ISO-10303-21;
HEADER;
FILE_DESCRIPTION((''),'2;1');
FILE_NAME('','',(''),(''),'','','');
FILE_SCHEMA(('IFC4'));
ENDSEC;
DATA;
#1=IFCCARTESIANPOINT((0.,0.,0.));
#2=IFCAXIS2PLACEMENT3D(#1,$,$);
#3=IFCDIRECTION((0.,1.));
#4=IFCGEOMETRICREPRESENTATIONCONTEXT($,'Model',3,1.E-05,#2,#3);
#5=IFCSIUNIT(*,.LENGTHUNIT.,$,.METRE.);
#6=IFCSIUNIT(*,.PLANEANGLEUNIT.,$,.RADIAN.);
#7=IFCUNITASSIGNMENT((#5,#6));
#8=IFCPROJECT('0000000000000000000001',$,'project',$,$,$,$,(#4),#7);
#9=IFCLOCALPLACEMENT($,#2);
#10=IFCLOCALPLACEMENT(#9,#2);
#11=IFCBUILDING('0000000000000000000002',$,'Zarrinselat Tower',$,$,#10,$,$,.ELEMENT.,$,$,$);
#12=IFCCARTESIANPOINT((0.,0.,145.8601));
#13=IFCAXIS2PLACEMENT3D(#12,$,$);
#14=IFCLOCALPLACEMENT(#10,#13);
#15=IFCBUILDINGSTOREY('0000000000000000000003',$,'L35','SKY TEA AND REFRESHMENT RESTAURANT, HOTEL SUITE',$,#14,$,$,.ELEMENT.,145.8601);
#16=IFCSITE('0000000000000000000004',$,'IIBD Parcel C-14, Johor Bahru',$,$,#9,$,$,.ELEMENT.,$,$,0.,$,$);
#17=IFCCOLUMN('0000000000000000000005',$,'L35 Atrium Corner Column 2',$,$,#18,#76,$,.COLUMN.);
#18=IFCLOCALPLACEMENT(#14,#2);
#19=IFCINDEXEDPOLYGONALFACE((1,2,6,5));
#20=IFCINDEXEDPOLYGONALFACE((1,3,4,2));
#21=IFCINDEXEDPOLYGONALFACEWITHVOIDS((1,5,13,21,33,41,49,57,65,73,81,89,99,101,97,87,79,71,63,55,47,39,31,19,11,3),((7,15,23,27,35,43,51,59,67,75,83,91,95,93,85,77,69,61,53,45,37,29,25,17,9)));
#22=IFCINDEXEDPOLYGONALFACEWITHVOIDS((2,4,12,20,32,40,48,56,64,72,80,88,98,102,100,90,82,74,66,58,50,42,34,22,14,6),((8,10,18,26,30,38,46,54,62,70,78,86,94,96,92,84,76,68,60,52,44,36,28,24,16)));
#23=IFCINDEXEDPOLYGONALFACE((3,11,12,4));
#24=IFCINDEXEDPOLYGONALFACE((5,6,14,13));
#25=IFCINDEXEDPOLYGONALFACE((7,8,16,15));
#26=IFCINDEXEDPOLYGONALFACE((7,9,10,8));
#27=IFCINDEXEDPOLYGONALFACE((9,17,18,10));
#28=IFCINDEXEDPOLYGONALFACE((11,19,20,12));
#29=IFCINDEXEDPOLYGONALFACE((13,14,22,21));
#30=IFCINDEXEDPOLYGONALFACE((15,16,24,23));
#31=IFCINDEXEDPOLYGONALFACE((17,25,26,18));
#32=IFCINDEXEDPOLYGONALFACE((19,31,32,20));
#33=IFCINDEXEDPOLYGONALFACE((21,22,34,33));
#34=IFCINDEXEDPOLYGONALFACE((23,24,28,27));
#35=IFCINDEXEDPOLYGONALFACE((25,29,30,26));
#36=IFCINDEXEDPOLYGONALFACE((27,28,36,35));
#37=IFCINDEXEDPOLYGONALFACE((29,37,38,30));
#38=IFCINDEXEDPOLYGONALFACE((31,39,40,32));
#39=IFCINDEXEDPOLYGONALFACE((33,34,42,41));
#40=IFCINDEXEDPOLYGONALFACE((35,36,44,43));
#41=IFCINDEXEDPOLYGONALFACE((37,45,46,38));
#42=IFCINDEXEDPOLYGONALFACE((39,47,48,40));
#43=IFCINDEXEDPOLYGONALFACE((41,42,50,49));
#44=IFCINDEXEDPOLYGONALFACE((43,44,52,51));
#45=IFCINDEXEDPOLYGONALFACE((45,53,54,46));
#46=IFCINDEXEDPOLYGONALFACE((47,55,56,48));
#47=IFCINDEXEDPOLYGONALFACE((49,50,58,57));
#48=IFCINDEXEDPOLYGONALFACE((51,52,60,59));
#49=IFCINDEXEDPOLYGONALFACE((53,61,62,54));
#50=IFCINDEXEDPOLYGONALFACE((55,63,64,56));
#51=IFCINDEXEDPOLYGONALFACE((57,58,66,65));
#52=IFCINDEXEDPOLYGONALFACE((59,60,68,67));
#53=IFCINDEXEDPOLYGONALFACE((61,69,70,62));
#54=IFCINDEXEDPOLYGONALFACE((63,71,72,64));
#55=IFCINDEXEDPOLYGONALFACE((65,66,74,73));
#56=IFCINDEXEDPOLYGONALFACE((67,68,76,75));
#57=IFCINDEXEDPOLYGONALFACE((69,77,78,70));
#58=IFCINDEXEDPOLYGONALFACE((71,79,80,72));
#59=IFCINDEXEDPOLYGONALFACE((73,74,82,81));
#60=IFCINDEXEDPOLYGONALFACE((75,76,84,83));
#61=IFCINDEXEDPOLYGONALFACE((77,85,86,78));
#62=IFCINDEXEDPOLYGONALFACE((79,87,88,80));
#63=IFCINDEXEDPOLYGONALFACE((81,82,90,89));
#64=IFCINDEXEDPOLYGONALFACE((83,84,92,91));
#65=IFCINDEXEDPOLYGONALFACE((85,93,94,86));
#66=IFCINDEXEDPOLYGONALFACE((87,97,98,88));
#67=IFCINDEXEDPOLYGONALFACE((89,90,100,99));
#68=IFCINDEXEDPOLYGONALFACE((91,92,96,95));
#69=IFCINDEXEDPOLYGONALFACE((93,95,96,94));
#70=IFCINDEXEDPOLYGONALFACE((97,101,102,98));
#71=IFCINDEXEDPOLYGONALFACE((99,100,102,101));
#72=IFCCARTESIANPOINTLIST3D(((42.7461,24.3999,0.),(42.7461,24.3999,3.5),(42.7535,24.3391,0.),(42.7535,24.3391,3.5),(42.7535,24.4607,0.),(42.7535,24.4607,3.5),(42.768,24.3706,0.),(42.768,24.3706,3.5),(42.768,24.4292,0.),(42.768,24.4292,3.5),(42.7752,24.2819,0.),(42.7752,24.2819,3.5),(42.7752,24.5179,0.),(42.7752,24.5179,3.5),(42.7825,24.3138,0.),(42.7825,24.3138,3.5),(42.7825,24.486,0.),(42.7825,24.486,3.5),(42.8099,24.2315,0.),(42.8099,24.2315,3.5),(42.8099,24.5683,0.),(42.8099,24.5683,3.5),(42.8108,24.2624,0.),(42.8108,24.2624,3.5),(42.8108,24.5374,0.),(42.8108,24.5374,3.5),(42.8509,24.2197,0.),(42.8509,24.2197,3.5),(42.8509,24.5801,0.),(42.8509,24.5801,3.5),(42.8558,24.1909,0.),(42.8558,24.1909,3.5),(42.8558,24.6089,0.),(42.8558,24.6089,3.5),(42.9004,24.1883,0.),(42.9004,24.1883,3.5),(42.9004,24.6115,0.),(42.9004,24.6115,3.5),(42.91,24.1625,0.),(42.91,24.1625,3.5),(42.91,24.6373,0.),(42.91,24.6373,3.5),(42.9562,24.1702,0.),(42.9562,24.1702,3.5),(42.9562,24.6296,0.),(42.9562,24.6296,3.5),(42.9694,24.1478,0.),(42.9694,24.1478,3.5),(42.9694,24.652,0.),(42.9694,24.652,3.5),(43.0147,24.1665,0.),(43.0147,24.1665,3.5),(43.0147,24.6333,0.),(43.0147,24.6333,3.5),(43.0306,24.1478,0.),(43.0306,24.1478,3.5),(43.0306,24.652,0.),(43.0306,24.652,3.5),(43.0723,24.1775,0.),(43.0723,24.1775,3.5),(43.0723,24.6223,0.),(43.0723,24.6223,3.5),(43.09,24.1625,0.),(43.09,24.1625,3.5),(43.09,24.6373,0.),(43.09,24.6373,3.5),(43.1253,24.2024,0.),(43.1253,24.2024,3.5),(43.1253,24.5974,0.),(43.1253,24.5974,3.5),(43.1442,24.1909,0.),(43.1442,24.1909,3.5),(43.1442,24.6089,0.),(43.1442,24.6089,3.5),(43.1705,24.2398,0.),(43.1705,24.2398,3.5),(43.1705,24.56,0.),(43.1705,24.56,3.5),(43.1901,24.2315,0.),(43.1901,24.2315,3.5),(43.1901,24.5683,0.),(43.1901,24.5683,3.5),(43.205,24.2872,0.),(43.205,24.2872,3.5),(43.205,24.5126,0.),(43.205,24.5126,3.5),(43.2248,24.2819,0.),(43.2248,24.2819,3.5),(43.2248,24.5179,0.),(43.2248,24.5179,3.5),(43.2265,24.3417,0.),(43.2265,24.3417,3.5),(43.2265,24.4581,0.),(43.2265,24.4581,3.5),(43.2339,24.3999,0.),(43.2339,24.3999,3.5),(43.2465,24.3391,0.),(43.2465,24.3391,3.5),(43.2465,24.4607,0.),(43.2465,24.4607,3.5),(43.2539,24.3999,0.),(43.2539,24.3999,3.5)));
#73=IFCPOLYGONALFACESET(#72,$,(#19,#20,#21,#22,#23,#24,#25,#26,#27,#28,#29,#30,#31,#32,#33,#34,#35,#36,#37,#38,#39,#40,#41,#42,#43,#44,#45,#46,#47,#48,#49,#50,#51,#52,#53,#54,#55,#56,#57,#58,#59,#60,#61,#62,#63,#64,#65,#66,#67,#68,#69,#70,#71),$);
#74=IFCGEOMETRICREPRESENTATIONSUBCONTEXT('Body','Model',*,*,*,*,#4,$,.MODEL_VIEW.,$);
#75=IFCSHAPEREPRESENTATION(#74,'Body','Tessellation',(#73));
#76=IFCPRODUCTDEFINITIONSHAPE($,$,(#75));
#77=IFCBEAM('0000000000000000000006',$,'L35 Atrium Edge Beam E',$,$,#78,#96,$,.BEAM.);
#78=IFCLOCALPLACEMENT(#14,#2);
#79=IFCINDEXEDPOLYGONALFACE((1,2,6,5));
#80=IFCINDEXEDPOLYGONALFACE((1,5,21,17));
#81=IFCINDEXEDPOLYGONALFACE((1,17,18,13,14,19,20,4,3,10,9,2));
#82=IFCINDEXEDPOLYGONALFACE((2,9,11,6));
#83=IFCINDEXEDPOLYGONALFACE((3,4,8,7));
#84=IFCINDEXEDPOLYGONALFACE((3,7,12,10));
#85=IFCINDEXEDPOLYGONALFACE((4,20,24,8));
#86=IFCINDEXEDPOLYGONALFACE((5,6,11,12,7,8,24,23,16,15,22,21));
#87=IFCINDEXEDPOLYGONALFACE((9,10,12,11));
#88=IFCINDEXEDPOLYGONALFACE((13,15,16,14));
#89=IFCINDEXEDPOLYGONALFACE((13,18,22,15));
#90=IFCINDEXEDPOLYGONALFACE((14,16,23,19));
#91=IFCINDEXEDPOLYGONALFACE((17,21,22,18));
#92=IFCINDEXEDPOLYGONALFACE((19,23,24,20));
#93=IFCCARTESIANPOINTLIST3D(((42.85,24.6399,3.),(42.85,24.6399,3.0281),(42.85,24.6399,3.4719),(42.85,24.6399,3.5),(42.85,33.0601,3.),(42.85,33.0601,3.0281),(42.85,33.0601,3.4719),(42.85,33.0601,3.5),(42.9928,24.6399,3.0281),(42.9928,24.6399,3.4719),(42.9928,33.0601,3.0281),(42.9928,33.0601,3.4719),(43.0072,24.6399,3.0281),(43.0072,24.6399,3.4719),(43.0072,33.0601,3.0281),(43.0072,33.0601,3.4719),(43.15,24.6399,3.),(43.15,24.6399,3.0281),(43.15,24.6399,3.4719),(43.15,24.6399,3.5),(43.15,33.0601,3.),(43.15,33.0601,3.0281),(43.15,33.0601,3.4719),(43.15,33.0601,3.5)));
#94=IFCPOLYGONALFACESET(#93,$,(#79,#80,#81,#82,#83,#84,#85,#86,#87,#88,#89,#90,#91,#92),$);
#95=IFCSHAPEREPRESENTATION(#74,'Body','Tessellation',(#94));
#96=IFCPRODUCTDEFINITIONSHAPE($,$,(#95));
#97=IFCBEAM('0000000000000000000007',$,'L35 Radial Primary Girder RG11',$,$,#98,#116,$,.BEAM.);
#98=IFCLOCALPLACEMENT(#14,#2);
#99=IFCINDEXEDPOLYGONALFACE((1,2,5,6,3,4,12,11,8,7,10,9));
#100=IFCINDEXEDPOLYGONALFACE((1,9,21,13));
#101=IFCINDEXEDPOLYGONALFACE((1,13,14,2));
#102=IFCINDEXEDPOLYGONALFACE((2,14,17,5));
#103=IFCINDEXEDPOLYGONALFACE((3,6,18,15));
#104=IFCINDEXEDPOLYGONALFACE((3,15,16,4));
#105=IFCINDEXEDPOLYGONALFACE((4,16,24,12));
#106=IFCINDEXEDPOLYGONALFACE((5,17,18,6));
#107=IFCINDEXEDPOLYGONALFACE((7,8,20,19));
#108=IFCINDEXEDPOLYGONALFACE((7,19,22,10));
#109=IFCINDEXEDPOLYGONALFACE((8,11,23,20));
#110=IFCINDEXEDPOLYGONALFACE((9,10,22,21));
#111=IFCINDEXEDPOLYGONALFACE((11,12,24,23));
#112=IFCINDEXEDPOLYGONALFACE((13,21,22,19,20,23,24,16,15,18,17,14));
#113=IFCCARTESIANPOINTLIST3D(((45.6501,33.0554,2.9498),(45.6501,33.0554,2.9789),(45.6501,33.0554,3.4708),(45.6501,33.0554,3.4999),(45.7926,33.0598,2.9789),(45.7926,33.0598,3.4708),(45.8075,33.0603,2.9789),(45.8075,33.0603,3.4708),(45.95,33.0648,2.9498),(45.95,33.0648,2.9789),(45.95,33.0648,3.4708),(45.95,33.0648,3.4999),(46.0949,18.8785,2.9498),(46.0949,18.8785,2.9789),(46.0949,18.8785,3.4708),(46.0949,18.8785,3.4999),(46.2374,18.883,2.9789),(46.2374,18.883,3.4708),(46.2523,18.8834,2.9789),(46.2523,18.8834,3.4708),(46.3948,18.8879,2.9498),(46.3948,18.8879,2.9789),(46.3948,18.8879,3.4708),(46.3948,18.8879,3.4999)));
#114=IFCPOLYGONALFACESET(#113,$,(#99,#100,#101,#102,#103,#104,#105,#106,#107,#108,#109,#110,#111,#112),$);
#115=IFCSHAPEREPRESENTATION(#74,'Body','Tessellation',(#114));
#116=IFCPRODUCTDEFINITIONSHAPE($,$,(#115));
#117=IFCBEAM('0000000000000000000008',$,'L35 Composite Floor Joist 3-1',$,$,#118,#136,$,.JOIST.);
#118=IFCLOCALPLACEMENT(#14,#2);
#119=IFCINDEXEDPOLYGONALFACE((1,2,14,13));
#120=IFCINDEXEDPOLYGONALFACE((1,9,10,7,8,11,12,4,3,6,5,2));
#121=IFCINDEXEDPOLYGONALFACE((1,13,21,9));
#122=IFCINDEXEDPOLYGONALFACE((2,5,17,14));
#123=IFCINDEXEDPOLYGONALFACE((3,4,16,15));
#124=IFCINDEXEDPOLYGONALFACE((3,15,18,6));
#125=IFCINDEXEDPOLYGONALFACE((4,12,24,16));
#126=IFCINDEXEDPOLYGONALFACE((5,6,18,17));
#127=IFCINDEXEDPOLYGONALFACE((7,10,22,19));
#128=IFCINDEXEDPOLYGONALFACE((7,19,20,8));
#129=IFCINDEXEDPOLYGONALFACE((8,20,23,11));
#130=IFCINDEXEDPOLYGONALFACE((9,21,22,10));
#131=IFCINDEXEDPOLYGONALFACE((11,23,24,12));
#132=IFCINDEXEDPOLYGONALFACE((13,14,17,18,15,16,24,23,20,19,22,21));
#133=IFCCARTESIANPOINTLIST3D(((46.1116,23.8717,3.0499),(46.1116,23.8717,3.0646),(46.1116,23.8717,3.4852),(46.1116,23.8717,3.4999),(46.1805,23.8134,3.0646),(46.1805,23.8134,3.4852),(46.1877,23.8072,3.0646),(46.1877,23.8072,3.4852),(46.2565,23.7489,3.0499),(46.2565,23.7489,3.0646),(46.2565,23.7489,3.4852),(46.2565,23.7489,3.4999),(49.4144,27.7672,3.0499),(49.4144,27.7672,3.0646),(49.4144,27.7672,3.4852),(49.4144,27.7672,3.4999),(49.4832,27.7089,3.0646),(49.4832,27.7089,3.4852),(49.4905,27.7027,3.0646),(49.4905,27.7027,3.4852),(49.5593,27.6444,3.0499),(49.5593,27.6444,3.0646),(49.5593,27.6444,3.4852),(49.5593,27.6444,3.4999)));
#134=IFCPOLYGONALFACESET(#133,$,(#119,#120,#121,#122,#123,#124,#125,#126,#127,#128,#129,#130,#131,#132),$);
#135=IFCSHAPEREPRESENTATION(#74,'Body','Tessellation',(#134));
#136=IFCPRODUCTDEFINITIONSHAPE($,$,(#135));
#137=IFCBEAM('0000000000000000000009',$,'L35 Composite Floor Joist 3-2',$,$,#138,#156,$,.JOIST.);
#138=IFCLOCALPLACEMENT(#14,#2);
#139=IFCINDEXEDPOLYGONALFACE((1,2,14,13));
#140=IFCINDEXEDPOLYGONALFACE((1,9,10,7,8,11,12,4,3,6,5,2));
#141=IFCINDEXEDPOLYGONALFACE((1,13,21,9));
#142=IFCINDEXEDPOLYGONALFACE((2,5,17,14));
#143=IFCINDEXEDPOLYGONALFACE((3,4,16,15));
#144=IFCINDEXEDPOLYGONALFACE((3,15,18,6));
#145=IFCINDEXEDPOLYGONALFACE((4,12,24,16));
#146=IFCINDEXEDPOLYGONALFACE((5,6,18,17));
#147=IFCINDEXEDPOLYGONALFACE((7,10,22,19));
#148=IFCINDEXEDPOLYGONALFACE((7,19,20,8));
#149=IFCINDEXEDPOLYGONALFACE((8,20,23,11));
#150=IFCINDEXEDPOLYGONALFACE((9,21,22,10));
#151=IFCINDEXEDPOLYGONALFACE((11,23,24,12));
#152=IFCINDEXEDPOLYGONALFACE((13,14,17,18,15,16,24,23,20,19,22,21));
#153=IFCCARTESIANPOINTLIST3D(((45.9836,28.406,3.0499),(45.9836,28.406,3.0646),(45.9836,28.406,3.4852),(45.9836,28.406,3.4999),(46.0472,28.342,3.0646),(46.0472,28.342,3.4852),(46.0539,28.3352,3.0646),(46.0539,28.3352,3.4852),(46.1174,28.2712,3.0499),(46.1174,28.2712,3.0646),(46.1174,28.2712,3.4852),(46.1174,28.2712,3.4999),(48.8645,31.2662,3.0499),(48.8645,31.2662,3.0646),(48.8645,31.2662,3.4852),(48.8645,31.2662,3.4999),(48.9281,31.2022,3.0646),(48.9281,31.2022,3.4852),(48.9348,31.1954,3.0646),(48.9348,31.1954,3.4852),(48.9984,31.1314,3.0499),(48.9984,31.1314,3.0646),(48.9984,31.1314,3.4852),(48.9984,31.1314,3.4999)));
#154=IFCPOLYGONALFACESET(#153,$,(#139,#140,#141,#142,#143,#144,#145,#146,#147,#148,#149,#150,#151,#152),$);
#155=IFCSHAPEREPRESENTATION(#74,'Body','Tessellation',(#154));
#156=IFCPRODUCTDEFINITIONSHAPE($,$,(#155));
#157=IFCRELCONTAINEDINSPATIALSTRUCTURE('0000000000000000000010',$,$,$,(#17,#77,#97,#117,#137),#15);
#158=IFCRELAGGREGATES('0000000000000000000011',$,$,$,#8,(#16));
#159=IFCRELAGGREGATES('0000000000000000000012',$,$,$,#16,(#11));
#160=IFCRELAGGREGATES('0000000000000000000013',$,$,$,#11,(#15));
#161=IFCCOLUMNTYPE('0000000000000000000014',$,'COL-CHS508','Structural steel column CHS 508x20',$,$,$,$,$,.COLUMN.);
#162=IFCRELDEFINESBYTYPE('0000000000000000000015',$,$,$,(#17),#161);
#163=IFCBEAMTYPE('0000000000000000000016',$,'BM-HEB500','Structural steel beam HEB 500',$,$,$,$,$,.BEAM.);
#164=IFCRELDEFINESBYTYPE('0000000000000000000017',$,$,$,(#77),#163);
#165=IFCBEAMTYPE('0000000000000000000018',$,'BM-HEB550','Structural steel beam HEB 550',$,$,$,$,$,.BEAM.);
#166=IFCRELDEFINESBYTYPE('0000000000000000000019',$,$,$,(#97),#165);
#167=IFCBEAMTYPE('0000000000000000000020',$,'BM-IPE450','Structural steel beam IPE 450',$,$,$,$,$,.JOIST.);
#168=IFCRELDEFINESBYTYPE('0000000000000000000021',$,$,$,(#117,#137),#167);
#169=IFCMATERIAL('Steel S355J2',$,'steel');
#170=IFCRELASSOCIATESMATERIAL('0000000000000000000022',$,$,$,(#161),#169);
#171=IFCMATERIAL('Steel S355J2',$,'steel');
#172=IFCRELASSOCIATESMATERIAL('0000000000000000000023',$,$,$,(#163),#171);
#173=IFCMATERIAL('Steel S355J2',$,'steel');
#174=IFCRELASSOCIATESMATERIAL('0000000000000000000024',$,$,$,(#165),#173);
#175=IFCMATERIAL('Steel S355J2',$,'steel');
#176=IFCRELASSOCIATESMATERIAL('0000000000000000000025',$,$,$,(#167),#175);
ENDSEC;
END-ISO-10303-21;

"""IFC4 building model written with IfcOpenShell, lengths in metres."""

from ifc_helpers import new_model, si_unit, direction, frame, origin, origin_2d, place, context, subcontext, project, spatial, hollow_circle, i_section, extrude, material, material_profile, profile_set, type_object, element, save


model = new_model("IFC4")

# Units and contexts
model_context = context("Model", 3, precision=1e-05, world=origin(), true_north=direction((0.0, 1.0)))
body_context = subcontext(model_context, "Body", "Model", "MODEL_VIEW")
ifc_project = project(units=[si_unit("LENGTHUNIT", "METRE"), si_unit("PLANEANGLEUNIT", "RADIAN")], contexts=[model_context])

# Site, building, storey
site_placement = place(None, origin())
site = spatial("IfcSite", under=ifc_project, at=site_placement, Name="IIBD Parcel C-14, Johor Bahru", CompositionType="ELEMENT", RefElevation=0.0)
building_placement = place(site_placement, origin())
building = spatial("IfcBuilding", under=site, at=building_placement, Name="Zarrinselat Tower", CompositionType="ELEMENT")
storey_placement = place(building_placement, frame((0.0, 0.0, 145.8601)))
storey = spatial("IfcBuildingStorey", under=building, at=storey_placement, Name="L35", Description="SKY TEA AND REFRESHMENT RESTAURANT, HOTEL SUITE", CompositionType="ELEMENT", Elevation=145.8601)

# Column
ifc_material_1 = material(Name="Steel S355J2", Category="steel")
ifc_material_profile_1 = material_profile(ifc_material_1, hollow_circle(Radius=0.2539, WallThickness=0.02, at=origin_2d()), Name="CHS 508x20")
ifc_profile_set_1 = profile_set([ifc_material_profile_1], Name="Steel S355J2")
column_type = type_object("IfcColumnType", Name="COL-CHS508", Description="Structural steel column CHS 508x20", PredefinedType="COLUMN", material=ifc_profile_set_1)
column_placement = place(storey_placement, frame((43.0, 24.3999, 0.0), z_axis=(0.0, 0.0, 1.0), x_axis=(1.0, 0.0, 0.0)))
element("IfcColumn", 1, at=column_placement, inside=storey, type_object=column_type, Name="L35 Atrium Corner Column 2", PredefinedType="COLUMN", context=body_context, shape_type="SweptSolid", body=[
    extrude(hollow_circle(Radius=0.2539, WallThickness=0.02, at=origin_2d()), origin(), (0.0, 0.0, 1.0), 3.5),
])

# Beams
ifc_material_2 = material(Name="Steel S355J2", Category="steel")
ifc_material_profile_2 = material_profile(ifc_material_2, i_section(OverallWidth=0.3, OverallDepth=0.5, WebThickness=0.0144, FlangeThickness=0.0281, at=origin_2d()), Name="HEB 500")
ifc_profile_set_2 = profile_set([ifc_material_profile_2], Name="Steel S355J2")
beam_type_1 = type_object("IfcBeamType", Name="BM-HEB500", Description="Structural steel beam HEB 500", PredefinedType="BEAM", material=ifc_profile_set_2)
beam_1_placement = place(storey_placement, frame((43.0, 24.6399, 3.25), z_axis=(0.0, 1.0, 0.0), x_axis=(-1.0, 0.0, 0.0)))
element("IfcBeam", 2, at=beam_1_placement, inside=storey, type_object=beam_type_1, Name="L35 Atrium Edge Beam E", PredefinedType="BEAM", context=body_context, shape_type="SweptSolid", body=[
    extrude(i_section(OverallWidth=0.3, OverallDepth=0.5, WebThickness=0.0144, FlangeThickness=0.0281, at=origin_2d()), origin(), (0.0, 0.0, 1.0), 8.4202),
])
ifc_material_3 = material(Name="Steel S355J2", Category="steel")
ifc_material_profile_3 = material_profile(ifc_material_3, i_section(OverallWidth=0.3, OverallDepth=0.55, WebThickness=0.0149, FlangeThickness=0.0291, at=origin_2d()), Name="HEB 550")
ifc_profile_set_3 = profile_set([ifc_material_profile_3], Name="Steel S355J2")
beam_type_2 = type_object("IfcBeamType", Name="BM-HEB550", Description="Structural steel beam HEB 550", PredefinedType="BEAM", material=ifc_profile_set_3)
beam_2_placement = place(storey_placement, frame((45.8, 33.0601, 3.2249), z_axis=(0.031362, -0.999508, 0.0), x_axis=(0.999508, 0.031362, 0.0)))
element("IfcBeam", 3, at=beam_2_placement, inside=storey, type_object=beam_type_2, Name="L35 Radial Primary Girder RG11", PredefinedType="BEAM", context=body_context, shape_type="SweptSolid", body=[
    extrude(i_section(OverallWidth=0.3, OverallDepth=0.55, WebThickness=0.0149, FlangeThickness=0.0291, at=origin_2d()), origin(), (0.0, 0.0, 1.0), 14.1838),
])
ifc_material_4 = material(Name="Steel S355J2", Category="steel")
ifc_material_profile_4 = material_profile(ifc_material_4, i_section(OverallWidth=0.1899, OverallDepth=0.45, WebThickness=0.0095, FlangeThickness=0.0146, at=origin_2d()), Name="IPE 450")
ifc_profile_set_4 = profile_set([ifc_material_profile_4], Name="Steel S355J2")
beam_type_3 = type_object("IfcBeamType", Name="BM-IPE450", Description="Structural steel beam IPE 450", PredefinedType="JOIST", material=ifc_profile_set_4)
beam_3_placement = place(storey_placement, frame((46.1841, 23.8103, 3.2749), z_axis=(0.646688, 0.762755, 0.0), x_axis=(-0.762755, 0.646688, 0.0)))
element("IfcBeam", 4, at=beam_3_placement, inside=storey, type_object=beam_type_3, Name="L35 Composite Floor Joist 3-1", PredefinedType="JOIST", context=body_context, shape_type="SweptSolid", body=[
    extrude(i_section(OverallWidth=0.1899, OverallDepth=0.45, WebThickness=0.0095, FlangeThickness=0.0146, at=origin_2d()), origin(), (0.0, 0.0, 1.0), 5.1072),
])
beam_4_placement = place(storey_placement, frame((46.0505, 28.3386, 3.2749), z_axis=(0.709658, 0.704546, 0.0), x_axis=(-0.704546, 0.709658, 0.0)))
element("IfcBeam", 5, at=beam_4_placement, inside=storey, type_object=beam_type_3, Name="L35 Composite Floor Joist 3-2", PredefinedType="JOIST", context=body_context, shape_type="SweptSolid", body=[
    extrude(i_section(OverallWidth=0.1899, OverallDepth=0.45, WebThickness=0.0095, FlangeThickness=0.0146, at=origin_2d()), origin(), (0.0, 0.0, 1.0), 4.0596),
])

save(model, "model.ifc")
